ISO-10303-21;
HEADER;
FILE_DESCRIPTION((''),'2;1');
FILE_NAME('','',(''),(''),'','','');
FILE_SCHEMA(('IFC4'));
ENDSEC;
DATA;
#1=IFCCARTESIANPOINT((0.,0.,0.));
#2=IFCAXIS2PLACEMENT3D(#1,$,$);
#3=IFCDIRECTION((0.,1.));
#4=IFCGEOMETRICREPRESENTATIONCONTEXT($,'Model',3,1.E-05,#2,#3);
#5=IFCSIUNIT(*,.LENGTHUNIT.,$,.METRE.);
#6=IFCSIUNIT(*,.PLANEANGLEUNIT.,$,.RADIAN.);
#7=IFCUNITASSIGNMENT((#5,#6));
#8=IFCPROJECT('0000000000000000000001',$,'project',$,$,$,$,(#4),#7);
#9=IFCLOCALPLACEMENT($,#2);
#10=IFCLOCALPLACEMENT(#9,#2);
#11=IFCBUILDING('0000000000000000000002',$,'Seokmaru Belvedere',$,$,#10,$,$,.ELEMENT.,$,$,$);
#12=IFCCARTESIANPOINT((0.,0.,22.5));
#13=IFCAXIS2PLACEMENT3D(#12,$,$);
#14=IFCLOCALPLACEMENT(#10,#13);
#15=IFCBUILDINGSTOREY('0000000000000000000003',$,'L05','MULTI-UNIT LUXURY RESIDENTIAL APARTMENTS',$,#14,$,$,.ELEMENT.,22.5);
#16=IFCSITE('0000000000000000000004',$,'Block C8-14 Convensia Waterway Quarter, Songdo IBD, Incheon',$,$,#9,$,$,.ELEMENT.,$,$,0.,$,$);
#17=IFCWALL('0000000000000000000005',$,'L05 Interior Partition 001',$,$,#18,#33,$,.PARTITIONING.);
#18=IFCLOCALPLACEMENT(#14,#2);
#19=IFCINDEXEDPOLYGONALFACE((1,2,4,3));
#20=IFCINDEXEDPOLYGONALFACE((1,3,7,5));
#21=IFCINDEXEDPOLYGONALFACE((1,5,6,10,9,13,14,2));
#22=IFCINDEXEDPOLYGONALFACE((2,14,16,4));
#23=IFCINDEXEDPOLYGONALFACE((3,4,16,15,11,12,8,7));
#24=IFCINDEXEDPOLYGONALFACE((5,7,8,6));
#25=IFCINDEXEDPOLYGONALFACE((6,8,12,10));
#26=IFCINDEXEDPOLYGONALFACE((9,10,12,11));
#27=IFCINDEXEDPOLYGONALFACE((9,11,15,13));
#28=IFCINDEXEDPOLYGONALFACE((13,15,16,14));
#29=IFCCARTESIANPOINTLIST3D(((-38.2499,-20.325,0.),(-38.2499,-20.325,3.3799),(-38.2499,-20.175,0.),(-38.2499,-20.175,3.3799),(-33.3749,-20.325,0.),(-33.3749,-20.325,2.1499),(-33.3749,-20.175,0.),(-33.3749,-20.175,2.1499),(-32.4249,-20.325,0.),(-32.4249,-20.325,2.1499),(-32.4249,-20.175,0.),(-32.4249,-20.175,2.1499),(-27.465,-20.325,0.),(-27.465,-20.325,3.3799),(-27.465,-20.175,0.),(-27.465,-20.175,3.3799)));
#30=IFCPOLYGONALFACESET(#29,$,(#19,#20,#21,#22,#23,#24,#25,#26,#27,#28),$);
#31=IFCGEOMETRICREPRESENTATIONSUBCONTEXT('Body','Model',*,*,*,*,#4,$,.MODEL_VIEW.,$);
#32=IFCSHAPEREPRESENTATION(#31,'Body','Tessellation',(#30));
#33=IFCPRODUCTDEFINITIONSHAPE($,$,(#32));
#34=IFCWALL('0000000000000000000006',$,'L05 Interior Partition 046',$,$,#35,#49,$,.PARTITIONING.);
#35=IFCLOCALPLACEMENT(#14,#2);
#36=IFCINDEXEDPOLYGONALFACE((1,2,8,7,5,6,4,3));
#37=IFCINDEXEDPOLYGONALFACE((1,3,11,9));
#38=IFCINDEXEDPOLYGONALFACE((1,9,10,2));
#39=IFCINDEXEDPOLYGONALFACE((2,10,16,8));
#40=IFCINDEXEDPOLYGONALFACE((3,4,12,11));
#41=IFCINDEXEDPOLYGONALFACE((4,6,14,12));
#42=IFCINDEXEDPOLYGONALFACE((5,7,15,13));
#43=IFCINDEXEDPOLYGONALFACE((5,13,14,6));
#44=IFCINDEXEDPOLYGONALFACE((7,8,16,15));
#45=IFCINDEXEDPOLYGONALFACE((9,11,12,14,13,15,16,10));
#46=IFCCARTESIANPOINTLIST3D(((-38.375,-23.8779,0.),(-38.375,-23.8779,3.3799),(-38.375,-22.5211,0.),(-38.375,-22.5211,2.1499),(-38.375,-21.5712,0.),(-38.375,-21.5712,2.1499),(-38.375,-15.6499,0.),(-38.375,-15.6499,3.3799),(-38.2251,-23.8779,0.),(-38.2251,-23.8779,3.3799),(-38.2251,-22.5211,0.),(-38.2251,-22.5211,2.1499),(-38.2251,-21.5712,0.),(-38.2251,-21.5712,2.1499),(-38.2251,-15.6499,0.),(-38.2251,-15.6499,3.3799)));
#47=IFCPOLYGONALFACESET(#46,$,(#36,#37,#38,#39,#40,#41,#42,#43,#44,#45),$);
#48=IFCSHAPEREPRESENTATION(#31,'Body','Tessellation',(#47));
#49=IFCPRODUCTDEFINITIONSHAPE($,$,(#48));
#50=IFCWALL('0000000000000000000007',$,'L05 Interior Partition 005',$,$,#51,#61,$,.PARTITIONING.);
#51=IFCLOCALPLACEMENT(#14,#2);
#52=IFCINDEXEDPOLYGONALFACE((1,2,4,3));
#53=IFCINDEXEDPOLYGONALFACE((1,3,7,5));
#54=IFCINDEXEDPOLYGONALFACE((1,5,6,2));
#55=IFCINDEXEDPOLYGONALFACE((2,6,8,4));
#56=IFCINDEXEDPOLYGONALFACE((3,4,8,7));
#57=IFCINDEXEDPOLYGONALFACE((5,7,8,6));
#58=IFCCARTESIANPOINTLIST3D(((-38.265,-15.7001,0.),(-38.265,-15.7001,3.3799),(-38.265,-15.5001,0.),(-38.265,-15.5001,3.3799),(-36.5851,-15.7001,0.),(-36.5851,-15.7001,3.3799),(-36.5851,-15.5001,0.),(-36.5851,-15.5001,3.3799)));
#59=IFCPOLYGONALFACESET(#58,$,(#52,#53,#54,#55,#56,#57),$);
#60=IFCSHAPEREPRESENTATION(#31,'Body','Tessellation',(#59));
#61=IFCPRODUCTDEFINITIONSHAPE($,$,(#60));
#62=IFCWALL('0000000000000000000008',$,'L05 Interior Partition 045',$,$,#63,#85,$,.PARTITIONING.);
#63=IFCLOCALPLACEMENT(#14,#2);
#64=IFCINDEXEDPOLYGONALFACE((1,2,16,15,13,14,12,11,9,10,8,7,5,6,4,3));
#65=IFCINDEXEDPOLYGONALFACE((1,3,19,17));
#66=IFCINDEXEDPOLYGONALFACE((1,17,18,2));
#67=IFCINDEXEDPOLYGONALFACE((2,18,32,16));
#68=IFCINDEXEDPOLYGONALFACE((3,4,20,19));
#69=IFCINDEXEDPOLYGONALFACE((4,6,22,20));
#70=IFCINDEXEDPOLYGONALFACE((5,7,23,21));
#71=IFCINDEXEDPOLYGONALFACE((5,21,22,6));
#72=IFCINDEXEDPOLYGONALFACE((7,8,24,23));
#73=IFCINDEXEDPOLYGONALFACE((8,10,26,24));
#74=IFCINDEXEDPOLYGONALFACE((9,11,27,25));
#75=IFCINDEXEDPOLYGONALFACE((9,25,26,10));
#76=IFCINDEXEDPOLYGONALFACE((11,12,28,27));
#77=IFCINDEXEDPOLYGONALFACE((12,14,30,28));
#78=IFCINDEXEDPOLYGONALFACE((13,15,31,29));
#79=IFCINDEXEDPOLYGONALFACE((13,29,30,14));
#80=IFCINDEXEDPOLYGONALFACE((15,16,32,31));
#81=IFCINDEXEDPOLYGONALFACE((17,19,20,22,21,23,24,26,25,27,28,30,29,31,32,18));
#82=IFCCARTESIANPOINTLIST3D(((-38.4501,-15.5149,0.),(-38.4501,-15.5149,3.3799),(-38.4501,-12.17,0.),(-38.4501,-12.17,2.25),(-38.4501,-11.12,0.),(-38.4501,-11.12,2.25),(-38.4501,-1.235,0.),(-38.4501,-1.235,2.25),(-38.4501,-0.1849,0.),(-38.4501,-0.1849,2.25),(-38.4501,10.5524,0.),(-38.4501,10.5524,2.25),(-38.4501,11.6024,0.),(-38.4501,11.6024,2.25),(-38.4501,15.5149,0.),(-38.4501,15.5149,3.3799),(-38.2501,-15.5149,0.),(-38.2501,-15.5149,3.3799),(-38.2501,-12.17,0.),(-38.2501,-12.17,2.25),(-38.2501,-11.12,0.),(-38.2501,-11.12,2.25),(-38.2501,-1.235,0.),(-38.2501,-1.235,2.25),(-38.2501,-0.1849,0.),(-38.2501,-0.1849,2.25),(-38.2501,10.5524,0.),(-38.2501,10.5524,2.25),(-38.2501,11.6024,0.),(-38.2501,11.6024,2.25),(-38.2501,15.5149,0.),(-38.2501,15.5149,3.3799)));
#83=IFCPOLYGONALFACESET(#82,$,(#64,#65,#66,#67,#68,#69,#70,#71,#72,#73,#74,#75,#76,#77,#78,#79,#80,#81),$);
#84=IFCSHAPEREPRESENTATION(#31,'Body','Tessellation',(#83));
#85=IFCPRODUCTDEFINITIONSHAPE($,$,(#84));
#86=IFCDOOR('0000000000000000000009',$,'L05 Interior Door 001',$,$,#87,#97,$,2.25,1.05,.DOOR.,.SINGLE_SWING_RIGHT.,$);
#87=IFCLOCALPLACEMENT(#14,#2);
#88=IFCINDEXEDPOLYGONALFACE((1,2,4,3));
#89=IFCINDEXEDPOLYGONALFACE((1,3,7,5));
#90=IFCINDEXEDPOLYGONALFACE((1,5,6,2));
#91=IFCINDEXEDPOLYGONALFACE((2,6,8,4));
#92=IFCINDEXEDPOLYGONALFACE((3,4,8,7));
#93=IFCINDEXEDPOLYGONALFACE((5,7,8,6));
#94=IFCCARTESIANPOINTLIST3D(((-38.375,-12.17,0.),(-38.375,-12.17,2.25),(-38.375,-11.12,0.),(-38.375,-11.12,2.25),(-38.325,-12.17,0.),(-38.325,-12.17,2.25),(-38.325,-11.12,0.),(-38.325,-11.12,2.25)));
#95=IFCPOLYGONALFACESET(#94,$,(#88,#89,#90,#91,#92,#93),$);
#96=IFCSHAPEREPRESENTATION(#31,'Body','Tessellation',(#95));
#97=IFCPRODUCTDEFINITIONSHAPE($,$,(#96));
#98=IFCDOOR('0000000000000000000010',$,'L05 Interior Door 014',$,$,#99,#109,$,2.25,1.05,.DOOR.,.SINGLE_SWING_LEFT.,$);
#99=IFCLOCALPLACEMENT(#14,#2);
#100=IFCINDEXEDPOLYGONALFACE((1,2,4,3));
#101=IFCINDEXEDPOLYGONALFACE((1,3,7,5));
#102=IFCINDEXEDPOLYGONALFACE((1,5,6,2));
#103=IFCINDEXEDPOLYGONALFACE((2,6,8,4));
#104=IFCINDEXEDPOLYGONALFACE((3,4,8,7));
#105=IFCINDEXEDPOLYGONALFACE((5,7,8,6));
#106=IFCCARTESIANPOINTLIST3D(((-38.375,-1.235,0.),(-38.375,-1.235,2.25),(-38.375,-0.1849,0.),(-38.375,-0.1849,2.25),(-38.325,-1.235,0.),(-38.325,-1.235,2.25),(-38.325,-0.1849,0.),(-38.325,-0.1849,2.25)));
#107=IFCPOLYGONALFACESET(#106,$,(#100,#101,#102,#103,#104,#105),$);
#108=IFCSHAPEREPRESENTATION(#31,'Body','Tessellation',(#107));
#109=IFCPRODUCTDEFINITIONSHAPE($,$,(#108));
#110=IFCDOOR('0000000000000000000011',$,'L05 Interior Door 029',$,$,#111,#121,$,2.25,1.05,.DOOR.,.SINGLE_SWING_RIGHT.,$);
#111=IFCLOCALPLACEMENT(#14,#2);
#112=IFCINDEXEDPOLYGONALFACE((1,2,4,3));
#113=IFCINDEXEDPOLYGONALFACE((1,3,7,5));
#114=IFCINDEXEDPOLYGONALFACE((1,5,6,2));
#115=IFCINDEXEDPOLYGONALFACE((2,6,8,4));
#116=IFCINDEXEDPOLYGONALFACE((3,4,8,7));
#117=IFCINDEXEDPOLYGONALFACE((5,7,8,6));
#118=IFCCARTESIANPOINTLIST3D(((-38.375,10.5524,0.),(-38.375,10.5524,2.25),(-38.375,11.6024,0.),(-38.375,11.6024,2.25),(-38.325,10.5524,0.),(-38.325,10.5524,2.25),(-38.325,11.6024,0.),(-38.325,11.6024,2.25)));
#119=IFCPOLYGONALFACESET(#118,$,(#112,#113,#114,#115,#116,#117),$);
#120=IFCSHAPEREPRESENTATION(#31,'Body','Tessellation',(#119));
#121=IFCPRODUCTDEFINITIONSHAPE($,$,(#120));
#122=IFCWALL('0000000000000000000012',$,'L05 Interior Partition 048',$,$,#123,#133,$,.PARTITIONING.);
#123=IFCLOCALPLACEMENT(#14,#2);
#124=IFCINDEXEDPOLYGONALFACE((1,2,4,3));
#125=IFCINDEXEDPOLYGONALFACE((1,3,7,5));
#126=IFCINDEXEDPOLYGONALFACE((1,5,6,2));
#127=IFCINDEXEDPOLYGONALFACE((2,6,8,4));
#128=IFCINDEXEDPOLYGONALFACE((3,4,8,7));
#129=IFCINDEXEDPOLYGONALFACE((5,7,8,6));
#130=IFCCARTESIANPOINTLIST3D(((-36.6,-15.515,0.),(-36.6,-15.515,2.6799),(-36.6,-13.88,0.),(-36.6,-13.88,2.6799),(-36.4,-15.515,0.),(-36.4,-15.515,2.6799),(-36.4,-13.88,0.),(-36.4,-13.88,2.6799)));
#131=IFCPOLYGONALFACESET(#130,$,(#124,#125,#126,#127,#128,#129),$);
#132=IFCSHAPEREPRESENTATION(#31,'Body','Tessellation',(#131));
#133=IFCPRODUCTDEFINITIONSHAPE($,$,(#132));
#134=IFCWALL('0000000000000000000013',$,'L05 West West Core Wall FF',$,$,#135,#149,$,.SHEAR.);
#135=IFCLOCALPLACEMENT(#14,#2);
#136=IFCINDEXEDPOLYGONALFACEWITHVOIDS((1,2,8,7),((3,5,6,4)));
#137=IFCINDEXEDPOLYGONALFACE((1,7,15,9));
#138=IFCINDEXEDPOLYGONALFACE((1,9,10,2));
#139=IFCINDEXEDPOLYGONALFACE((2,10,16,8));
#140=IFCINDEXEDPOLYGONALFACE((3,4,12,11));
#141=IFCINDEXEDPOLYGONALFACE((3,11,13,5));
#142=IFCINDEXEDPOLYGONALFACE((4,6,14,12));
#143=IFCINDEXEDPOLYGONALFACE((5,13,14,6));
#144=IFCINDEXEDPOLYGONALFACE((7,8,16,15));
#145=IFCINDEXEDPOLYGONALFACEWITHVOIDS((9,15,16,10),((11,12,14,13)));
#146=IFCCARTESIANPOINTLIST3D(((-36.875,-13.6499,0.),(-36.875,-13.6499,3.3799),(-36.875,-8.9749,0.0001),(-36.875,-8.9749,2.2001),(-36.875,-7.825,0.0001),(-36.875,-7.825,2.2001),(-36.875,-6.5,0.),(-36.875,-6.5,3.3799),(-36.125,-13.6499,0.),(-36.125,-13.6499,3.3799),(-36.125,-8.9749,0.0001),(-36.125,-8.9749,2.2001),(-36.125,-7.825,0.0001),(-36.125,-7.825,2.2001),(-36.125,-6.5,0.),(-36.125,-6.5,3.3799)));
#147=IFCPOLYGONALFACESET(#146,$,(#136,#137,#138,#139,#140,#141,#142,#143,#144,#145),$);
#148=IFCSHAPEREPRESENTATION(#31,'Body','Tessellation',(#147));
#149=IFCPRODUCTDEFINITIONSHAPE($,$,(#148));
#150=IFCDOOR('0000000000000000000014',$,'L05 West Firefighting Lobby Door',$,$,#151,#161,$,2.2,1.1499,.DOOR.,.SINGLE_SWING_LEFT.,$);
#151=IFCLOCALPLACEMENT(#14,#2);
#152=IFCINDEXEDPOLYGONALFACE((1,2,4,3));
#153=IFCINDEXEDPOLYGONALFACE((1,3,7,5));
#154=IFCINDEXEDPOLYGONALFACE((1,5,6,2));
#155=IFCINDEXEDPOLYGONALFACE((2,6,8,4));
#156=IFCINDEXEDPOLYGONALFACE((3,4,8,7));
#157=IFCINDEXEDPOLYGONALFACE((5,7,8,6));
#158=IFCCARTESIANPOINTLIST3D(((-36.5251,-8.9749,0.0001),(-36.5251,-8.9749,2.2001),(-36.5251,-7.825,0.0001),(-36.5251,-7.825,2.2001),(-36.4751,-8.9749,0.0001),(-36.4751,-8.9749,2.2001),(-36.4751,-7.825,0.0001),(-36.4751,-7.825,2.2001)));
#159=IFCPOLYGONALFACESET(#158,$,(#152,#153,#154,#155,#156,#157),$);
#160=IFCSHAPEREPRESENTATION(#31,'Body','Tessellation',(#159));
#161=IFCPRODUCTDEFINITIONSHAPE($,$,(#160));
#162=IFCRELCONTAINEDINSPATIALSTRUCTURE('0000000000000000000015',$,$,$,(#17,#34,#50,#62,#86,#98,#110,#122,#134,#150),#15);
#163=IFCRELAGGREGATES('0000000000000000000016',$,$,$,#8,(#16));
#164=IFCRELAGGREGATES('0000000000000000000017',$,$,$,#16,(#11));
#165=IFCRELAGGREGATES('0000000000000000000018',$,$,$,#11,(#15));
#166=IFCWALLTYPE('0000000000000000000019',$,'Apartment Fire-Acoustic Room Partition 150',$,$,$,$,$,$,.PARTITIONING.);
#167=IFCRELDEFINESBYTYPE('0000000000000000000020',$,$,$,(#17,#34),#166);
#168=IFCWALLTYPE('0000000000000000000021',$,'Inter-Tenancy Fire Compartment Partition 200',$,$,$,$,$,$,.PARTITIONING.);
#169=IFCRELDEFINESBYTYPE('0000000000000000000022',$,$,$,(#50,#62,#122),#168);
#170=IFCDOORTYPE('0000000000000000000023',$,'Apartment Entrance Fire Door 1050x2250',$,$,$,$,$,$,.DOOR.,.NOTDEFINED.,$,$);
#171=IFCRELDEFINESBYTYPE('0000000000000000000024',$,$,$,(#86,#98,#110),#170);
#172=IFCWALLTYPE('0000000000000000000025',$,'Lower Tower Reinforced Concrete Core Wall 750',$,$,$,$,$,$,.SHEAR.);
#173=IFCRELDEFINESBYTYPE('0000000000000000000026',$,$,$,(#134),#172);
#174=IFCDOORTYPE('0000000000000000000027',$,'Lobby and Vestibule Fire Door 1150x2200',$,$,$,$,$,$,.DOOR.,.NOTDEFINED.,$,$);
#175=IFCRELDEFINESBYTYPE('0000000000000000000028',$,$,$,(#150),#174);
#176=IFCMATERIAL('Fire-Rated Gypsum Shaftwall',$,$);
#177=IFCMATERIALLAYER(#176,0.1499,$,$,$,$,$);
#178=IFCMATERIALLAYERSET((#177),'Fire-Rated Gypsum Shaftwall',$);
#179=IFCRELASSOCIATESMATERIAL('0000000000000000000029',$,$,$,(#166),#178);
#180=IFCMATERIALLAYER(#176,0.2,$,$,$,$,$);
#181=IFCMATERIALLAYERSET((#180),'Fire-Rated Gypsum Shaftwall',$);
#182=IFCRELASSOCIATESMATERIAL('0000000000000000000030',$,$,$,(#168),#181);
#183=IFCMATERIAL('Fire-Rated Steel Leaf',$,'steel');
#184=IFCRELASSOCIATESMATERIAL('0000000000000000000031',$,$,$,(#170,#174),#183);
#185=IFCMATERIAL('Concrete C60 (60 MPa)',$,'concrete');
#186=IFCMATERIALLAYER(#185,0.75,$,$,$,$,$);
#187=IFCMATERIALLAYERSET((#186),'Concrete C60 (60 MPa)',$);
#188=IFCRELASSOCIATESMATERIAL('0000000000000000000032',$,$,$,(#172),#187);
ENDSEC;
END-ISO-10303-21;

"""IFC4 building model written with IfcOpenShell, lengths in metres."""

from ifc_helpers import new_model, si_unit, direction, frame, frame_2d, origin, place, context, subcontext, project, spatial, rectangle, extrude, source, transform, mapped, material, layer, layer_set, type_object, type_shapes, element, fill, save


model = new_model("IFC4")

# Units and contexts
model_context = context("Model", 3, precision=1e-05, world=origin(), true_north=direction((0.0, 1.0)))
body_context = subcontext(model_context, "Body", "Model", "MODEL_VIEW")
ifc_project = project(units=[si_unit("LENGTHUNIT", "METRE"), si_unit("PLANEANGLEUNIT", "RADIAN")], contexts=[model_context])

# Site, building, storey
site_placement = place(None, origin())
site = spatial("IfcSite", under=ifc_project, at=site_placement, Name="Block C8-14 Convensia Waterway Quarter, Songdo IBD, Incheon", CompositionType="ELEMENT", RefElevation=0.0)
building_placement = place(site_placement, origin())
building = spatial("IfcBuilding", under=site, at=building_placement, Name="Seokmaru Belvedere", CompositionType="ELEMENT")
storey_placement = place(building_placement, frame((0.0, 0.0, 22.5)))
storey = spatial("IfcBuildingStorey", under=building, at=storey_placement, Name="L05", Description="MULTI-UNIT LUXURY RESIDENTIAL APARTMENTS", CompositionType="ELEMENT", Elevation=22.5)

# Walls, openings
ifc_material_1 = material(Name="Fire-Rated Gypsum Shaftwall")
ifc_layer_1 = layer(ifc_material_1, 0.1499)
ifc_layer_set_1 = layer_set([ifc_layer_1], Name="Fire-Rated Gypsum Shaftwall")
wall_type_1 = type_object("IfcWallType", Name="Apartment Fire-Acoustic Room Partition 150", PredefinedType="PARTITIONING", material=ifc_layer_set_1)
wall_1_placement = place(storey_placement, frame((-38.25, -20.25, 0.0), z_axis=(0.0, 0.0, 1.0), x_axis=(1.0, 0.0, 0.0)))
wall_1 = element("IfcWall", 1, at=wall_1_placement, inside=storey, type_object=wall_type_1, Name="L05 Interior Partition 001", PredefinedType="PARTITIONING", context=body_context, shape_type="SweptSolid", body=[
    extrude(rectangle(XDim=10.7849, YDim=0.1499, at=frame_2d((5.3926, 0.0))), origin(), (0.0, 0.0, 1.0), 3.3799),
])
opening_1_placement = place(wall_1_placement, frame((4.875, 0.0, 0.0)))
element("IfcOpeningElement", 2, at=opening_1_placement, cuts=wall_1, PredefinedType="OPENING", context=body_context, shape_type="SweptSolid", body=[
    extrude(rectangle(XDim=0.95, YDim=2.1499, at=frame_2d((0.4751, 1.075))), frame((0.0, 0.085, 0.0), z_axis=(0.0, -1.0, 0.0), x_axis=(1.0, 0.0, 0.0)), (0.0, 0.0, 1.0), 0.1699),
])
wall_2_placement = place(storey_placement, frame((-38.3, -23.8779, 0.0), z_axis=(0.0, 0.0, 1.0), x_axis=(0.0, 1.0, 0.0)))
wall_2 = element("IfcWall", 3, at=wall_2_placement, inside=storey, type_object=wall_type_1, Name="L05 Interior Partition 046", PredefinedType="PARTITIONING", context=body_context, shape_type="SweptSolid", body=[
    extrude(rectangle(XDim=8.228, YDim=0.1499, at=frame_2d((4.114, 0.0))), origin(), (0.0, 0.0, 1.0), 3.3799),
])
opening_2_placement = place(wall_2_placement, frame((1.3567, 0.0, 0.0)))
element("IfcOpeningElement", 4, at=opening_2_placement, cuts=wall_2, PredefinedType="OPENING", context=body_context, shape_type="SweptSolid", body=[
    extrude(rectangle(XDim=0.95, YDim=2.1499, at=frame_2d((0.4751, 1.075))), frame((0.0, 0.085, 0.0), z_axis=(0.0, -1.0, 0.0), x_axis=(1.0, 0.0, 0.0)), (0.0, 0.0, 1.0), 0.1699),
])

# Wall
ifc_layer_2 = layer(ifc_material_1, 0.2)
ifc_layer_set_2 = layer_set([ifc_layer_2], Name="Fire-Rated Gypsum Shaftwall")
wall_type_2 = type_object("IfcWallType", Name="Inter-Tenancy Fire Compartment Partition 200", PredefinedType="PARTITIONING", material=ifc_layer_set_2)
wall_3_placement = place(storey_placement, frame((-38.2649, -15.6001, 0.0), z_axis=(0.0, 0.0, 1.0), x_axis=(1.0, 0.0, 0.0)))
element("IfcWall", 5, at=wall_3_placement, inside=storey, type_object=wall_type_2, Name="L05 Interior Partition 005", PredefinedType="PARTITIONING", context=body_context, shape_type="SweptSolid", body=[
    extrude(rectangle(XDim=1.6799, YDim=0.2, at=frame_2d((0.8398, 0.0))), origin(), (0.0, 0.0, 1.0), 3.3799),
])

# Wall, openings, doors
wall_4_placement = place(storey_placement, frame((-38.3501, -15.5149, 0.0), z_axis=(0.0, 0.0, 1.0), x_axis=(0.0, 1.0, 0.0)))
wall_4 = element("IfcWall", 6, at=wall_4_placement, inside=storey, type_object=wall_type_2, Name="L05 Interior Partition 045", PredefinedType="PARTITIONING", context=body_context, shape_type="SweptSolid", body=[
    extrude(rectangle(XDim=31.0298, YDim=0.2, at=frame_2d((15.5149, 0.0))), origin(), (0.0, 0.0, 1.0), 3.3799),
])
opening_3_placement = place(wall_4_placement, frame((3.345, 0.0, 0.0)))
opening_3 = element("IfcOpeningElement", 7, at=opening_3_placement, cuts=wall_4, PredefinedType="OPENING", context=body_context, shape_type="SweptSolid", body=[
    extrude(rectangle(XDim=1.05, YDim=2.25, at=frame_2d((0.5249, 1.125))), frame((0.0, 0.1099, 0.0), z_axis=(0.0, -1.0, 0.0), x_axis=(1.0, 0.0, 0.0)), (0.0, 0.0, 1.0), 0.22),
])
opening_4_placement = place(wall_4_placement, frame((14.28, 0.0, 0.0)))
opening_4 = element("IfcOpeningElement", 8, at=opening_4_placement, cuts=wall_4, PredefinedType="OPENING", context=body_context, shape_type="SweptSolid", body=[
    extrude(rectangle(XDim=1.05, YDim=2.25, at=frame_2d((0.5249, 1.125))), frame((0.0, 0.1099, 0.0), z_axis=(0.0, -1.0, 0.0), x_axis=(1.0, 0.0, 0.0)), (0.0, 0.0, 1.0), 0.22),
])
opening_5_placement = place(wall_4_placement, frame((26.0674, 0.0, 0.0)))
opening_5 = element("IfcOpeningElement", 9, at=opening_5_placement, cuts=wall_4, PredefinedType="OPENING", context=body_context, shape_type="SweptSolid", body=[
    extrude(rectangle(XDim=1.05, YDim=2.25, at=frame_2d((0.5249, 1.125))), frame((0.0, 0.1099, 0.0), z_axis=(0.0, -1.0, 0.0), x_axis=(1.0, 0.0, 0.0)), (0.0, 0.0, 1.0), 0.22),
])
ifc_material_2 = material(Name="Fire-Rated Steel Leaf", Category="steel")
door_type_1 = type_object("IfcDoorType", Name="Apartment Entrance Fire Door 1050x2250", OperationType="NOTDEFINED", PredefinedType="DOOR", material=ifc_material_2)
shared_shape_1 = source(origin(), body_context, "Body", "SweptSolid", [
    extrude(rectangle(XDim=1.05, YDim=2.25, at=frame_2d((0.5249, 1.125))), frame((0.0, 0.0249, 0.0), z_axis=(0.0, -1.0, 0.0), x_axis=(1.0, 0.0, 0.0)), (0.0, 0.0, 1.0), 0.05),
])
type_shapes(door_type_1, [shared_shape_1])
door_1_placement = place(opening_3_placement, origin())
door_1 = element("IfcDoor", 10, at=door_1_placement, inside=storey, type_object=door_type_1, Name="L05 Interior Door 001", OperationType="SINGLE_SWING_RIGHT", OverallHeight=2.25, OverallWidth=1.05, PredefinedType="DOOR", context=body_context, shape_type="MappedRepresentation", body=[
    mapped(shared_shape_1, transform((0.0, 0.0, 0.0), scale=1.0)),
])
fill(opening_3, door_1)
door_2_placement = place(opening_4_placement, origin())
door_2 = element("IfcDoor", 11, at=door_2_placement, inside=storey, type_object=door_type_1, Name="L05 Interior Door 014", OperationType="SINGLE_SWING_LEFT", OverallHeight=2.25, OverallWidth=1.05, PredefinedType="DOOR", context=body_context, shape_type="MappedRepresentation", body=[
    mapped(shared_shape_1, transform((0.0, 0.0, 0.0), scale=1.0)),
])
fill(opening_4, door_2)
door_3_placement = place(opening_5_placement, origin())
door_3 = element("IfcDoor", 12, at=door_3_placement, inside=storey, type_object=door_type_1, Name="L05 Interior Door 029", OperationType="SINGLE_SWING_RIGHT", OverallHeight=2.25, OverallWidth=1.05, PredefinedType="DOOR", context=body_context, shape_type="MappedRepresentation", body=[
    mapped(shared_shape_1, transform((0.0, 0.0, 0.0), scale=1.0)),
])
fill(opening_5, door_3)

# Wall
wall_5_placement = place(storey_placement, frame((-36.5, -15.5149, 0.0), z_axis=(0.0, 0.0, 1.0), x_axis=(0.0, 1.0, 0.0)))
element("IfcWall", 13, at=wall_5_placement, inside=storey, type_object=wall_type_2, Name="L05 Interior Partition 048", PredefinedType="PARTITIONING", context=body_context, shape_type="SweptSolid", body=[
    extrude(rectangle(XDim=1.635, YDim=0.2, at=frame_2d((0.8174, 0.0))), origin(), (0.0, 0.0, 1.0), 2.6799),
])

# Wall, opening, door
ifc_material_3 = material(Name="Concrete C60 (60 MPa)", Category="concrete")
ifc_layer_3 = layer(ifc_material_3, 0.75)
ifc_layer_set_3 = layer_set([ifc_layer_3], Name="Concrete C60 (60 MPa)")
wall_type_3 = type_object("IfcWallType", Name="Lower Tower Reinforced Concrete Core Wall 750", PredefinedType="SHEAR", material=ifc_layer_set_3)
wall_6_placement = place(storey_placement, frame((-36.5, -13.6499, 0.0), z_axis=(0.0, 0.0, 1.0), x_axis=(0.0, 1.0, 0.0)))
wall_6 = element("IfcWall", 14, at=wall_6_placement, inside=storey, type_object=wall_type_3, Name="L05 West West Core Wall FF", PredefinedType="SHEAR", context=body_context, shape_type="SweptSolid", body=[
    extrude(rectangle(XDim=7.1499, YDim=0.75, at=frame_2d((3.575, 0.0))), origin(), (0.0, 0.0, 1.0), 3.3799),
])
opening_6_placement = place(wall_6_placement, frame((4.675, 0.0, 0.0)))
opening_6 = element("IfcOpeningElement", 15, at=opening_6_placement, cuts=wall_6, PredefinedType="OPENING", context=body_context, shape_type="SweptSolid", body=[
    extrude(rectangle(XDim=1.1499, YDim=2.2, at=frame_2d((0.575, 1.1001))), frame((0.0, 0.385, 0.0), z_axis=(0.0, -1.0, 0.0), x_axis=(1.0, 0.0, 0.0)), (0.0, 0.0, 1.0), 0.77),
])
door_type_2 = type_object("IfcDoorType", Name="Lobby and Vestibule Fire Door 1150x2200", OperationType="NOTDEFINED", PredefinedType="DOOR", material=ifc_material_2)
shared_shape_2 = source(origin(), body_context, "Body", "SweptSolid", [
    extrude(rectangle(XDim=1.1499, YDim=2.2, at=frame_2d((0.575, 1.1001))), frame((0.0, 0.0249, 0.0), z_axis=(0.0, -1.0, 0.0), x_axis=(1.0, 0.0, 0.0)), (0.0, 0.0, 1.0), 0.05),
])
type_shapes(door_type_2, [shared_shape_2])
door_4_placement = place(opening_6_placement, frame((1.1499, 0.0, 0.0), z_axis=(0.0, 0.0, 1.0), x_axis=(-1.0, 0.0, 0.0)))
door_4 = element("IfcDoor", 16, at=door_4_placement, inside=storey, type_object=door_type_2, Name="L05 West Firefighting Lobby Door", OperationType="SINGLE_SWING_LEFT", OverallHeight=2.2, OverallWidth=1.1499, PredefinedType="DOOR", context=body_context, shape_type="MappedRepresentation", body=[
    mapped(shared_shape_2, transform((0.0, 0.0, 0.0), scale=1.0)),
])
fill(opening_6, door_4)

save(model, "model.ifc")
